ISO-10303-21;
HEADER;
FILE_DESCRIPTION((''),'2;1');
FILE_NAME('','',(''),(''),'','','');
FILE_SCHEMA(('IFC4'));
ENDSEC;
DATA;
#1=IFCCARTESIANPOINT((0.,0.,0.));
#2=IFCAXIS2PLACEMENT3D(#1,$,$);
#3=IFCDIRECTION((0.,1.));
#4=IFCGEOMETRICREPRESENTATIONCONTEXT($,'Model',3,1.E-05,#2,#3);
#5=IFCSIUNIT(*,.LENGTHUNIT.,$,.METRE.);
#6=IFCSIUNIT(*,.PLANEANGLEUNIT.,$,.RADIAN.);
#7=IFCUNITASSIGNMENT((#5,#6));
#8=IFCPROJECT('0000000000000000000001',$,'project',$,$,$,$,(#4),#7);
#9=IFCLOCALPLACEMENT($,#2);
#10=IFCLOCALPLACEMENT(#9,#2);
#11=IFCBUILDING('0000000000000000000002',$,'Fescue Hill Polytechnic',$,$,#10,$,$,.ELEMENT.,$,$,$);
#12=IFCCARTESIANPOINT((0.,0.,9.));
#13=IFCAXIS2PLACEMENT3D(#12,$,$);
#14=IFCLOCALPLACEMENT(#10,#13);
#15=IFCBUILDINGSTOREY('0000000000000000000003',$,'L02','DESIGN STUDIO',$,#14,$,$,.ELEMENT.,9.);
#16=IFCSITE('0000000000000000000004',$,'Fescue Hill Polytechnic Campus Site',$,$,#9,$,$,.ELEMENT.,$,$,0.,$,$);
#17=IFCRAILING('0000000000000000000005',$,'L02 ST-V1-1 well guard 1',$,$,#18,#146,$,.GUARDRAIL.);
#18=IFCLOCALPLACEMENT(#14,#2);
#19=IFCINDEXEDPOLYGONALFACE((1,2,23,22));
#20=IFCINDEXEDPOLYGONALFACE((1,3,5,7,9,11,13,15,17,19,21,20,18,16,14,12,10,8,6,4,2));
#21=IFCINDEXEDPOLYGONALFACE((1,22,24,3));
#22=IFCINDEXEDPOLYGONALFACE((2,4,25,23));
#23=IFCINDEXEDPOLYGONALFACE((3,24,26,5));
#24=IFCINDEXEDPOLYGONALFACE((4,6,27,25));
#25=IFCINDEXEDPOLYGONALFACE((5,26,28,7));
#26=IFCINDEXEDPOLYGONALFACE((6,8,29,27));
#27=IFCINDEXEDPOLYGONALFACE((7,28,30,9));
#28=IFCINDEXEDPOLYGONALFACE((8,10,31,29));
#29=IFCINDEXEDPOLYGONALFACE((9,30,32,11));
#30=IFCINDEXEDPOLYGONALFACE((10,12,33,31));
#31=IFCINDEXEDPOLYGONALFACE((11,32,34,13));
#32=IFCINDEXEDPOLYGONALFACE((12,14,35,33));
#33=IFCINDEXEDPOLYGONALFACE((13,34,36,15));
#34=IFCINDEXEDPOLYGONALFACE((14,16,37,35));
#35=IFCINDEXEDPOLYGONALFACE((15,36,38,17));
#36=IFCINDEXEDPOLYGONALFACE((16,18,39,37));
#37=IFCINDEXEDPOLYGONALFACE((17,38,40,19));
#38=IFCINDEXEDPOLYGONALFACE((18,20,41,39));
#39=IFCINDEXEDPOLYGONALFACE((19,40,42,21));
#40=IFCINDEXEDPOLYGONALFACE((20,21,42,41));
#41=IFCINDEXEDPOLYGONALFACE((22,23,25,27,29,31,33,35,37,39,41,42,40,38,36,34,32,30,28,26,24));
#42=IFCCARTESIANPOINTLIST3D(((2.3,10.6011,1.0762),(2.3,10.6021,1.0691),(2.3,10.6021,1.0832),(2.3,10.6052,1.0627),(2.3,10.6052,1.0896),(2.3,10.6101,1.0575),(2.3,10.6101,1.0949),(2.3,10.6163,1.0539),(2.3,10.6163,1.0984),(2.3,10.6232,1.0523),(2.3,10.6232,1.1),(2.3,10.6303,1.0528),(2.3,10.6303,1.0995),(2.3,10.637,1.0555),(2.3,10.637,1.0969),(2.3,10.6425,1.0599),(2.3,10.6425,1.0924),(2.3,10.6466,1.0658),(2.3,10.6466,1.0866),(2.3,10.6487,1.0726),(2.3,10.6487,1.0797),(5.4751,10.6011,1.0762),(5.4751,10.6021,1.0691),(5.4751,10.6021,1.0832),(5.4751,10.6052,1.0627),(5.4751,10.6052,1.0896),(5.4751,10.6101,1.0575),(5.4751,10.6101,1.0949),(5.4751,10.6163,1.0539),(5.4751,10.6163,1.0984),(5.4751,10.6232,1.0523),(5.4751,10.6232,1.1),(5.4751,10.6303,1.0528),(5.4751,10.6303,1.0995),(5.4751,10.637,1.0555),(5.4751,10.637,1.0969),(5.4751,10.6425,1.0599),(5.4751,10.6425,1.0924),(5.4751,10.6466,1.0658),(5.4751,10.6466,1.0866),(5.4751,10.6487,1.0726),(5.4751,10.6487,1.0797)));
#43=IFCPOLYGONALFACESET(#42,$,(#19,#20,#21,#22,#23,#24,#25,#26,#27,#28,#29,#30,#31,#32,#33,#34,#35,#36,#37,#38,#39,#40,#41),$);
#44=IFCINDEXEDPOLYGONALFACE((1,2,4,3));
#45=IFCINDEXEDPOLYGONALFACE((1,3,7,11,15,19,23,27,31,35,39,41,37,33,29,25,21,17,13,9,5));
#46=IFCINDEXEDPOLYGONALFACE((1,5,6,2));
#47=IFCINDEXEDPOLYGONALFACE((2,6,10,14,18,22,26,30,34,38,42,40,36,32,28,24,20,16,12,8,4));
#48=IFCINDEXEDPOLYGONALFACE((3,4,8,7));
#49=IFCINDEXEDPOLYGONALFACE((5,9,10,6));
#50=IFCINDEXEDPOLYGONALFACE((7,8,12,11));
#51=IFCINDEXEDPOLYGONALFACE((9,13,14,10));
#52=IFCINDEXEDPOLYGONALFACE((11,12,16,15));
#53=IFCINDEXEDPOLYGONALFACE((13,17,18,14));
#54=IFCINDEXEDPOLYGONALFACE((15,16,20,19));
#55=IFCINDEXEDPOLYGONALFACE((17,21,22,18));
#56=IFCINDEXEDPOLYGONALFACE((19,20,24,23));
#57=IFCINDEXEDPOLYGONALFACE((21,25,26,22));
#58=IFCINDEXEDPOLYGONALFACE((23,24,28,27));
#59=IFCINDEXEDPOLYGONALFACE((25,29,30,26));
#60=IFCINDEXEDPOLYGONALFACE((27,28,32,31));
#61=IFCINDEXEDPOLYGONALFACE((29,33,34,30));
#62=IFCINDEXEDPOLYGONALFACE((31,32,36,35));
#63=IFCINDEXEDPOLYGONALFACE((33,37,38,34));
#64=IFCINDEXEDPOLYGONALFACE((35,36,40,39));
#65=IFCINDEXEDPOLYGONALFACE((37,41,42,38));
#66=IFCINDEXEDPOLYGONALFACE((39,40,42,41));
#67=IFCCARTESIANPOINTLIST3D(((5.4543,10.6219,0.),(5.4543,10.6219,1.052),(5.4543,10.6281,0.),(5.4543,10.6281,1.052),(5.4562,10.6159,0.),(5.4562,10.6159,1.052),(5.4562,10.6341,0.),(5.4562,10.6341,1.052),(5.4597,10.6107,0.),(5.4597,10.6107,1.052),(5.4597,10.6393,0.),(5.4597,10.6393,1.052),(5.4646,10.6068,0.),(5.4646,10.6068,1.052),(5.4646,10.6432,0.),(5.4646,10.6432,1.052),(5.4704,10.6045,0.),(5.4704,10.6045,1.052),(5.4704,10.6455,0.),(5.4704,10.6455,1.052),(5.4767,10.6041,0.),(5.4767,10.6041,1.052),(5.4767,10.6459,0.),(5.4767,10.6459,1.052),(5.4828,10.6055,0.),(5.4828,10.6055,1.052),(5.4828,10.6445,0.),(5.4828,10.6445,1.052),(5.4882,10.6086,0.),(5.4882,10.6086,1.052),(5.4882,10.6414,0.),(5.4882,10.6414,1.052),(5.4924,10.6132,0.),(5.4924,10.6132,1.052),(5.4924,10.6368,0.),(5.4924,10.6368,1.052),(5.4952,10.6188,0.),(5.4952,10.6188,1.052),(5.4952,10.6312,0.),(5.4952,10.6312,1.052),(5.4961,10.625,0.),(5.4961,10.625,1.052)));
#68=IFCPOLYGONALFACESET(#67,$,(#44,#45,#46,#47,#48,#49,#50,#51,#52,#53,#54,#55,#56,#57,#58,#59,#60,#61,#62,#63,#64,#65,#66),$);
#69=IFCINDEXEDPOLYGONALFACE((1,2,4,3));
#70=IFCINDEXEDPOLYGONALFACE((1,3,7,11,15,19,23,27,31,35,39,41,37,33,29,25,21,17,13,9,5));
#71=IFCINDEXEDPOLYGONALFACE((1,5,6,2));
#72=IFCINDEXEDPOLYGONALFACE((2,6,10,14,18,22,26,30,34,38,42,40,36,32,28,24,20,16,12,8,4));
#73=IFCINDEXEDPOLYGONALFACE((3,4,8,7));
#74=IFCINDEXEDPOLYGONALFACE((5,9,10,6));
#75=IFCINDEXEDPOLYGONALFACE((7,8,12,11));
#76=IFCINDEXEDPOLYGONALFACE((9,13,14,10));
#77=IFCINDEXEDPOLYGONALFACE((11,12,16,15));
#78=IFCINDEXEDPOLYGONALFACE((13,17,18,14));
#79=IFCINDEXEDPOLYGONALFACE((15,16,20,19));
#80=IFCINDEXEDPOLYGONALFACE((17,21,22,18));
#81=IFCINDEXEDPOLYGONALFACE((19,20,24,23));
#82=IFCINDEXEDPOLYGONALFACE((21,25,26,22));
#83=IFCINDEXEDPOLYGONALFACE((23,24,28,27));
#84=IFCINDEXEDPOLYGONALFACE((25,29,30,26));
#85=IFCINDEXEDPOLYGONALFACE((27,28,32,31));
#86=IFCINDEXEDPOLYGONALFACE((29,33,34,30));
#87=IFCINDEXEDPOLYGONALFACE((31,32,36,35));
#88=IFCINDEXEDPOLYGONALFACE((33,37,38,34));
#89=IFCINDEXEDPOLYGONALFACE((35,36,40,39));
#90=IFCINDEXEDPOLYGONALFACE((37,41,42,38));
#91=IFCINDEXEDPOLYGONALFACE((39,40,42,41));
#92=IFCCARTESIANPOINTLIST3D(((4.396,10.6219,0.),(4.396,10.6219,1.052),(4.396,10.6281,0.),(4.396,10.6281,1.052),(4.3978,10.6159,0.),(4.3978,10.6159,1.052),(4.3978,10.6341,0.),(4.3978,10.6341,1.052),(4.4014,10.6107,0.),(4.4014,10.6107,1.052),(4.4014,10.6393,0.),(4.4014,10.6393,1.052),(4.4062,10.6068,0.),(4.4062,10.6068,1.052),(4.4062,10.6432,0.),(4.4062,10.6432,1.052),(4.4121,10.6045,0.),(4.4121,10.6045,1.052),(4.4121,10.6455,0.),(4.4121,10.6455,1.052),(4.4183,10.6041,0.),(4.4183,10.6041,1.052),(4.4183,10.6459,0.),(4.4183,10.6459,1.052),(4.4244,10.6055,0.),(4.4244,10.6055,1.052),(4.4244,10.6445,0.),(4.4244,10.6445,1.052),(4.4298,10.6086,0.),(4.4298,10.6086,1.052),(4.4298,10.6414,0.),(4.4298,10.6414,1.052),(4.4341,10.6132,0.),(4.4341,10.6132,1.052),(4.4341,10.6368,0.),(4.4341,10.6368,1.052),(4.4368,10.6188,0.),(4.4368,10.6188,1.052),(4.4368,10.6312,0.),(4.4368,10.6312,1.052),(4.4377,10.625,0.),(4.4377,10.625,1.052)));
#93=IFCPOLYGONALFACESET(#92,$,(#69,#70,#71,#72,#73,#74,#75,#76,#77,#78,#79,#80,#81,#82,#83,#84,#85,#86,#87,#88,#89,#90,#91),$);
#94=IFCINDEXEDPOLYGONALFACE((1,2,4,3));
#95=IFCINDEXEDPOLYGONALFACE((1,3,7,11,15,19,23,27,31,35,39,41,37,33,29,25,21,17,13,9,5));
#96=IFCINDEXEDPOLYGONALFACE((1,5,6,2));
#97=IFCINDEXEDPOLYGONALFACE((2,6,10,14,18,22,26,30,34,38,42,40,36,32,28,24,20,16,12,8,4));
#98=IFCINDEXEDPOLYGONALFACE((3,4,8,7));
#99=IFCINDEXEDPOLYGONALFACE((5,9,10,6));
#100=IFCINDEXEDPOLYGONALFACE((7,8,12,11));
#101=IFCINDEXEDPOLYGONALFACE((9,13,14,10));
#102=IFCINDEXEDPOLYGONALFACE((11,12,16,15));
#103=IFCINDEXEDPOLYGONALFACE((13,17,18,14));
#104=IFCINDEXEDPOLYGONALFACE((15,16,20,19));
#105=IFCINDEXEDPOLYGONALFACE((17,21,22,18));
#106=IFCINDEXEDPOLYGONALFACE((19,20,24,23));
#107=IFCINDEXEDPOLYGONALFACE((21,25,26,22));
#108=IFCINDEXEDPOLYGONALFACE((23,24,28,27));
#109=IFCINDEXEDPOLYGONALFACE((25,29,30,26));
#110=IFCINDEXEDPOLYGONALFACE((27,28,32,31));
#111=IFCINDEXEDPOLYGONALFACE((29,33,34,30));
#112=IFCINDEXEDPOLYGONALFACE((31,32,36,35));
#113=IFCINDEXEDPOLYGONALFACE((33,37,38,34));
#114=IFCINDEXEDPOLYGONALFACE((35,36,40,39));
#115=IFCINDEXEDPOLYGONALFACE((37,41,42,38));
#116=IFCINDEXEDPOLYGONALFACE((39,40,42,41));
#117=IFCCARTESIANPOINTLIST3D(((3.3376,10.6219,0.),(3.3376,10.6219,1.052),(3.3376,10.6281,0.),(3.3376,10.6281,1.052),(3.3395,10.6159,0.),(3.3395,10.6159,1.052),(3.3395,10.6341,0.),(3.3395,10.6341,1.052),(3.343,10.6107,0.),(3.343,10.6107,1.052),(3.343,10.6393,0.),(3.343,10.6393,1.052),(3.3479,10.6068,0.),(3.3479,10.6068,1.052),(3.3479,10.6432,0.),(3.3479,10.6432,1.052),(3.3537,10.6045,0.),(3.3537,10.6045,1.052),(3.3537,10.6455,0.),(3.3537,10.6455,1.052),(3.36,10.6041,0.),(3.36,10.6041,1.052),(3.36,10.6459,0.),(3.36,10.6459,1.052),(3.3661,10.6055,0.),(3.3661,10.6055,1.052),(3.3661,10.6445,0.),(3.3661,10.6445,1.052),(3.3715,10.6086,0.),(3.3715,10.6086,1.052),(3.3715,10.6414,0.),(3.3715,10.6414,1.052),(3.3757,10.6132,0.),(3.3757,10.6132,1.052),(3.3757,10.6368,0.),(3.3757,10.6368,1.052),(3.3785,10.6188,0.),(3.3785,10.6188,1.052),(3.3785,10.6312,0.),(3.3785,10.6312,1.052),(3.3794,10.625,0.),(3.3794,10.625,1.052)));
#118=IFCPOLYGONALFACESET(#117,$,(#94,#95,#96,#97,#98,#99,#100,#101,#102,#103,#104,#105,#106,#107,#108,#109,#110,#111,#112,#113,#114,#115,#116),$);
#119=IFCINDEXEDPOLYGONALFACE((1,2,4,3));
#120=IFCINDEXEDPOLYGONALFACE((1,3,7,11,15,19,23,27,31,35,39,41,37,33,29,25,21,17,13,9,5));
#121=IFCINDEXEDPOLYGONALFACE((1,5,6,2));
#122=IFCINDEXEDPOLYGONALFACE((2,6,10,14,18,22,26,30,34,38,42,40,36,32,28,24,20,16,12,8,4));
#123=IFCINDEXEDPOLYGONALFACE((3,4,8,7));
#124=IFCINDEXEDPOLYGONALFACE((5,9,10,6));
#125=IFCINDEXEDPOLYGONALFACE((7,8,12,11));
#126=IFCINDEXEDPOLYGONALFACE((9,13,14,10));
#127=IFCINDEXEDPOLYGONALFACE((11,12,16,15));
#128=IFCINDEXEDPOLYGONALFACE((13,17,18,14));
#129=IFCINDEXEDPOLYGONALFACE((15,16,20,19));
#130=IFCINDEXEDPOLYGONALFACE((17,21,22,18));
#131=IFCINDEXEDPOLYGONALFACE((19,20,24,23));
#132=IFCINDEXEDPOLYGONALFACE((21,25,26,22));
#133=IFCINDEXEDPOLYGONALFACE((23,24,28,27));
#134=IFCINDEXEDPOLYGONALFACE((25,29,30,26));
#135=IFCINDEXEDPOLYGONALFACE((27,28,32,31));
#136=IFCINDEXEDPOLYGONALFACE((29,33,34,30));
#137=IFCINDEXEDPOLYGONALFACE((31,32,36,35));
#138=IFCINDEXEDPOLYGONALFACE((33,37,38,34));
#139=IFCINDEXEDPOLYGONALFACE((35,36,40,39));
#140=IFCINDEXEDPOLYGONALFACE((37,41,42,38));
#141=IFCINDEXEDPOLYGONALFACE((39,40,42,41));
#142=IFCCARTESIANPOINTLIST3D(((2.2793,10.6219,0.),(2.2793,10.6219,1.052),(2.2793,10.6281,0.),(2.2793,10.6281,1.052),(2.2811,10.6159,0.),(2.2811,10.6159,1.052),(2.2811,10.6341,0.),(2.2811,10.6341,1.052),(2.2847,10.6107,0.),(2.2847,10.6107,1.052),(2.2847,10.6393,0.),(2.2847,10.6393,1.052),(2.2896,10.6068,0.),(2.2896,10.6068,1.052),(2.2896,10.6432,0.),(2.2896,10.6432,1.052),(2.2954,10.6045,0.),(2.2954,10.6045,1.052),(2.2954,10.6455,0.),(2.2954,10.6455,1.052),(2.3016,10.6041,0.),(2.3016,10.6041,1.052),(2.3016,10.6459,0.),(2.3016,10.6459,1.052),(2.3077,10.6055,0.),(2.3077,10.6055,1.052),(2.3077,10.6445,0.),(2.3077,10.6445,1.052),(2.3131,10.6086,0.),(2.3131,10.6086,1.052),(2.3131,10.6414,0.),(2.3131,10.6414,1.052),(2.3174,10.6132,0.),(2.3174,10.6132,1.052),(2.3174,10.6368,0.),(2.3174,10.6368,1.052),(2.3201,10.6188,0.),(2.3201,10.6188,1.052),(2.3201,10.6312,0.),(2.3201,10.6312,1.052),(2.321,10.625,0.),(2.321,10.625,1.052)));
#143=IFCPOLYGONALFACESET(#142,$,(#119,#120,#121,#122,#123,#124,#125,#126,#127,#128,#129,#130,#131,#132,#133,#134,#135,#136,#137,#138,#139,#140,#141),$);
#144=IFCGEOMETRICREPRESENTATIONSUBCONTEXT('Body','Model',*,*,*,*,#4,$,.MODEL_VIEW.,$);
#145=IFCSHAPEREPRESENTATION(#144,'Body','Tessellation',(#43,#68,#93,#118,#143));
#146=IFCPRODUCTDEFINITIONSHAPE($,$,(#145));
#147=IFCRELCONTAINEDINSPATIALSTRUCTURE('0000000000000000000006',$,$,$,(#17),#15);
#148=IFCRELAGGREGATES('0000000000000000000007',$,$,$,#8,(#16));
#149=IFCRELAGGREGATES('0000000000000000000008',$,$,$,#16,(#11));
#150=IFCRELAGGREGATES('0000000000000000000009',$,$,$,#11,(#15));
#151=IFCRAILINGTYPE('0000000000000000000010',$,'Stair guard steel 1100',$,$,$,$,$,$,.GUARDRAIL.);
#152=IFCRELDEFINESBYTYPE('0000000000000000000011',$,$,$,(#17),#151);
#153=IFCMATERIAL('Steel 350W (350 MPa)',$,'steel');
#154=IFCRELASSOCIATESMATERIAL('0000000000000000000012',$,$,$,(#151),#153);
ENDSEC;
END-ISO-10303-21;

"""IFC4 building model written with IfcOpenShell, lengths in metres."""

from ifc_helpers import new_model, si_unit, direction, frame, origin, origin_2d, place, context, subcontext, project, spatial, circle, extrude, material, type_object, element, save


model = new_model("IFC4")

# Units and contexts
model_context = context("Model", 3, precision=1e-05, world=origin(), true_north=direction((0.0, 1.0)))
body_context = subcontext(model_context, "Body", "Model", "MODEL_VIEW")
ifc_project = project(units=[si_unit("LENGTHUNIT", "METRE"), si_unit("PLANEANGLEUNIT", "RADIAN")], contexts=[model_context])

# Site, building, storey
site_placement = place(None, origin())
site = spatial("IfcSite", under=ifc_project, at=site_placement, Name="Fescue Hill Polytechnic Campus Site", CompositionType="ELEMENT", RefElevation=0.0)
building_placement = place(site_placement, origin())
building = spatial("IfcBuilding", under=site, at=building_placement, Name="Fescue Hill Polytechnic", CompositionType="ELEMENT")
storey_placement = place(building_placement, frame((0.0, 0.0, 9.0)))
storey = spatial("IfcBuildingStorey", under=building, at=storey_placement, Name="L02", Description="DESIGN STUDIO", CompositionType="ELEMENT", Elevation=9.0)

# Shared definitions
ifc_material_1 = material(Name="Steel 350W (350 MPa)", Category="steel")

# Railing
railing_type = type_object("IfcRailingType", Name="Stair guard steel 1100", PredefinedType="GUARDRAIL", material=ifc_material_1)
railing_placement = place(storey_placement, frame((5.4751, 10.625, 0.0)))
element("IfcRailing", 1, at=railing_placement, inside=storey, type_object=railing_type, Name="L02 ST-V1-1 well guard 1", PredefinedType="GUARDRAIL", context=body_context, shape_type="SweptSolid", body=[
    extrude(circle(Radius=0.0239, at=origin_2d()), frame((0.0, 0.0, 1.0762), z_axis=(-1.0, 0.0, 0.0), x_axis=(0.0, -1.0, 0.0)), (0.0, 0.0, 1.0), 3.175),
    extrude(circle(Radius=0.021, at=origin_2d()), origin(), (0.0, 0.0, 1.0), 1.052),
    extrude(circle(Radius=0.021, at=origin_2d()), frame((-1.0583, 0.0, 0.0)), (0.0, 0.0, 1.0), 1.052),
    extrude(circle(Radius=0.021, at=origin_2d()), frame((-2.1167, 0.0, 0.0)), (0.0, 0.0, 1.0), 1.052),
    extrude(circle(Radius=0.021, at=origin_2d()), frame((-3.175, 0.0, 0.0)), (0.0, 0.0, 1.0), 1.052),
])

save(model, "model.ifc")
